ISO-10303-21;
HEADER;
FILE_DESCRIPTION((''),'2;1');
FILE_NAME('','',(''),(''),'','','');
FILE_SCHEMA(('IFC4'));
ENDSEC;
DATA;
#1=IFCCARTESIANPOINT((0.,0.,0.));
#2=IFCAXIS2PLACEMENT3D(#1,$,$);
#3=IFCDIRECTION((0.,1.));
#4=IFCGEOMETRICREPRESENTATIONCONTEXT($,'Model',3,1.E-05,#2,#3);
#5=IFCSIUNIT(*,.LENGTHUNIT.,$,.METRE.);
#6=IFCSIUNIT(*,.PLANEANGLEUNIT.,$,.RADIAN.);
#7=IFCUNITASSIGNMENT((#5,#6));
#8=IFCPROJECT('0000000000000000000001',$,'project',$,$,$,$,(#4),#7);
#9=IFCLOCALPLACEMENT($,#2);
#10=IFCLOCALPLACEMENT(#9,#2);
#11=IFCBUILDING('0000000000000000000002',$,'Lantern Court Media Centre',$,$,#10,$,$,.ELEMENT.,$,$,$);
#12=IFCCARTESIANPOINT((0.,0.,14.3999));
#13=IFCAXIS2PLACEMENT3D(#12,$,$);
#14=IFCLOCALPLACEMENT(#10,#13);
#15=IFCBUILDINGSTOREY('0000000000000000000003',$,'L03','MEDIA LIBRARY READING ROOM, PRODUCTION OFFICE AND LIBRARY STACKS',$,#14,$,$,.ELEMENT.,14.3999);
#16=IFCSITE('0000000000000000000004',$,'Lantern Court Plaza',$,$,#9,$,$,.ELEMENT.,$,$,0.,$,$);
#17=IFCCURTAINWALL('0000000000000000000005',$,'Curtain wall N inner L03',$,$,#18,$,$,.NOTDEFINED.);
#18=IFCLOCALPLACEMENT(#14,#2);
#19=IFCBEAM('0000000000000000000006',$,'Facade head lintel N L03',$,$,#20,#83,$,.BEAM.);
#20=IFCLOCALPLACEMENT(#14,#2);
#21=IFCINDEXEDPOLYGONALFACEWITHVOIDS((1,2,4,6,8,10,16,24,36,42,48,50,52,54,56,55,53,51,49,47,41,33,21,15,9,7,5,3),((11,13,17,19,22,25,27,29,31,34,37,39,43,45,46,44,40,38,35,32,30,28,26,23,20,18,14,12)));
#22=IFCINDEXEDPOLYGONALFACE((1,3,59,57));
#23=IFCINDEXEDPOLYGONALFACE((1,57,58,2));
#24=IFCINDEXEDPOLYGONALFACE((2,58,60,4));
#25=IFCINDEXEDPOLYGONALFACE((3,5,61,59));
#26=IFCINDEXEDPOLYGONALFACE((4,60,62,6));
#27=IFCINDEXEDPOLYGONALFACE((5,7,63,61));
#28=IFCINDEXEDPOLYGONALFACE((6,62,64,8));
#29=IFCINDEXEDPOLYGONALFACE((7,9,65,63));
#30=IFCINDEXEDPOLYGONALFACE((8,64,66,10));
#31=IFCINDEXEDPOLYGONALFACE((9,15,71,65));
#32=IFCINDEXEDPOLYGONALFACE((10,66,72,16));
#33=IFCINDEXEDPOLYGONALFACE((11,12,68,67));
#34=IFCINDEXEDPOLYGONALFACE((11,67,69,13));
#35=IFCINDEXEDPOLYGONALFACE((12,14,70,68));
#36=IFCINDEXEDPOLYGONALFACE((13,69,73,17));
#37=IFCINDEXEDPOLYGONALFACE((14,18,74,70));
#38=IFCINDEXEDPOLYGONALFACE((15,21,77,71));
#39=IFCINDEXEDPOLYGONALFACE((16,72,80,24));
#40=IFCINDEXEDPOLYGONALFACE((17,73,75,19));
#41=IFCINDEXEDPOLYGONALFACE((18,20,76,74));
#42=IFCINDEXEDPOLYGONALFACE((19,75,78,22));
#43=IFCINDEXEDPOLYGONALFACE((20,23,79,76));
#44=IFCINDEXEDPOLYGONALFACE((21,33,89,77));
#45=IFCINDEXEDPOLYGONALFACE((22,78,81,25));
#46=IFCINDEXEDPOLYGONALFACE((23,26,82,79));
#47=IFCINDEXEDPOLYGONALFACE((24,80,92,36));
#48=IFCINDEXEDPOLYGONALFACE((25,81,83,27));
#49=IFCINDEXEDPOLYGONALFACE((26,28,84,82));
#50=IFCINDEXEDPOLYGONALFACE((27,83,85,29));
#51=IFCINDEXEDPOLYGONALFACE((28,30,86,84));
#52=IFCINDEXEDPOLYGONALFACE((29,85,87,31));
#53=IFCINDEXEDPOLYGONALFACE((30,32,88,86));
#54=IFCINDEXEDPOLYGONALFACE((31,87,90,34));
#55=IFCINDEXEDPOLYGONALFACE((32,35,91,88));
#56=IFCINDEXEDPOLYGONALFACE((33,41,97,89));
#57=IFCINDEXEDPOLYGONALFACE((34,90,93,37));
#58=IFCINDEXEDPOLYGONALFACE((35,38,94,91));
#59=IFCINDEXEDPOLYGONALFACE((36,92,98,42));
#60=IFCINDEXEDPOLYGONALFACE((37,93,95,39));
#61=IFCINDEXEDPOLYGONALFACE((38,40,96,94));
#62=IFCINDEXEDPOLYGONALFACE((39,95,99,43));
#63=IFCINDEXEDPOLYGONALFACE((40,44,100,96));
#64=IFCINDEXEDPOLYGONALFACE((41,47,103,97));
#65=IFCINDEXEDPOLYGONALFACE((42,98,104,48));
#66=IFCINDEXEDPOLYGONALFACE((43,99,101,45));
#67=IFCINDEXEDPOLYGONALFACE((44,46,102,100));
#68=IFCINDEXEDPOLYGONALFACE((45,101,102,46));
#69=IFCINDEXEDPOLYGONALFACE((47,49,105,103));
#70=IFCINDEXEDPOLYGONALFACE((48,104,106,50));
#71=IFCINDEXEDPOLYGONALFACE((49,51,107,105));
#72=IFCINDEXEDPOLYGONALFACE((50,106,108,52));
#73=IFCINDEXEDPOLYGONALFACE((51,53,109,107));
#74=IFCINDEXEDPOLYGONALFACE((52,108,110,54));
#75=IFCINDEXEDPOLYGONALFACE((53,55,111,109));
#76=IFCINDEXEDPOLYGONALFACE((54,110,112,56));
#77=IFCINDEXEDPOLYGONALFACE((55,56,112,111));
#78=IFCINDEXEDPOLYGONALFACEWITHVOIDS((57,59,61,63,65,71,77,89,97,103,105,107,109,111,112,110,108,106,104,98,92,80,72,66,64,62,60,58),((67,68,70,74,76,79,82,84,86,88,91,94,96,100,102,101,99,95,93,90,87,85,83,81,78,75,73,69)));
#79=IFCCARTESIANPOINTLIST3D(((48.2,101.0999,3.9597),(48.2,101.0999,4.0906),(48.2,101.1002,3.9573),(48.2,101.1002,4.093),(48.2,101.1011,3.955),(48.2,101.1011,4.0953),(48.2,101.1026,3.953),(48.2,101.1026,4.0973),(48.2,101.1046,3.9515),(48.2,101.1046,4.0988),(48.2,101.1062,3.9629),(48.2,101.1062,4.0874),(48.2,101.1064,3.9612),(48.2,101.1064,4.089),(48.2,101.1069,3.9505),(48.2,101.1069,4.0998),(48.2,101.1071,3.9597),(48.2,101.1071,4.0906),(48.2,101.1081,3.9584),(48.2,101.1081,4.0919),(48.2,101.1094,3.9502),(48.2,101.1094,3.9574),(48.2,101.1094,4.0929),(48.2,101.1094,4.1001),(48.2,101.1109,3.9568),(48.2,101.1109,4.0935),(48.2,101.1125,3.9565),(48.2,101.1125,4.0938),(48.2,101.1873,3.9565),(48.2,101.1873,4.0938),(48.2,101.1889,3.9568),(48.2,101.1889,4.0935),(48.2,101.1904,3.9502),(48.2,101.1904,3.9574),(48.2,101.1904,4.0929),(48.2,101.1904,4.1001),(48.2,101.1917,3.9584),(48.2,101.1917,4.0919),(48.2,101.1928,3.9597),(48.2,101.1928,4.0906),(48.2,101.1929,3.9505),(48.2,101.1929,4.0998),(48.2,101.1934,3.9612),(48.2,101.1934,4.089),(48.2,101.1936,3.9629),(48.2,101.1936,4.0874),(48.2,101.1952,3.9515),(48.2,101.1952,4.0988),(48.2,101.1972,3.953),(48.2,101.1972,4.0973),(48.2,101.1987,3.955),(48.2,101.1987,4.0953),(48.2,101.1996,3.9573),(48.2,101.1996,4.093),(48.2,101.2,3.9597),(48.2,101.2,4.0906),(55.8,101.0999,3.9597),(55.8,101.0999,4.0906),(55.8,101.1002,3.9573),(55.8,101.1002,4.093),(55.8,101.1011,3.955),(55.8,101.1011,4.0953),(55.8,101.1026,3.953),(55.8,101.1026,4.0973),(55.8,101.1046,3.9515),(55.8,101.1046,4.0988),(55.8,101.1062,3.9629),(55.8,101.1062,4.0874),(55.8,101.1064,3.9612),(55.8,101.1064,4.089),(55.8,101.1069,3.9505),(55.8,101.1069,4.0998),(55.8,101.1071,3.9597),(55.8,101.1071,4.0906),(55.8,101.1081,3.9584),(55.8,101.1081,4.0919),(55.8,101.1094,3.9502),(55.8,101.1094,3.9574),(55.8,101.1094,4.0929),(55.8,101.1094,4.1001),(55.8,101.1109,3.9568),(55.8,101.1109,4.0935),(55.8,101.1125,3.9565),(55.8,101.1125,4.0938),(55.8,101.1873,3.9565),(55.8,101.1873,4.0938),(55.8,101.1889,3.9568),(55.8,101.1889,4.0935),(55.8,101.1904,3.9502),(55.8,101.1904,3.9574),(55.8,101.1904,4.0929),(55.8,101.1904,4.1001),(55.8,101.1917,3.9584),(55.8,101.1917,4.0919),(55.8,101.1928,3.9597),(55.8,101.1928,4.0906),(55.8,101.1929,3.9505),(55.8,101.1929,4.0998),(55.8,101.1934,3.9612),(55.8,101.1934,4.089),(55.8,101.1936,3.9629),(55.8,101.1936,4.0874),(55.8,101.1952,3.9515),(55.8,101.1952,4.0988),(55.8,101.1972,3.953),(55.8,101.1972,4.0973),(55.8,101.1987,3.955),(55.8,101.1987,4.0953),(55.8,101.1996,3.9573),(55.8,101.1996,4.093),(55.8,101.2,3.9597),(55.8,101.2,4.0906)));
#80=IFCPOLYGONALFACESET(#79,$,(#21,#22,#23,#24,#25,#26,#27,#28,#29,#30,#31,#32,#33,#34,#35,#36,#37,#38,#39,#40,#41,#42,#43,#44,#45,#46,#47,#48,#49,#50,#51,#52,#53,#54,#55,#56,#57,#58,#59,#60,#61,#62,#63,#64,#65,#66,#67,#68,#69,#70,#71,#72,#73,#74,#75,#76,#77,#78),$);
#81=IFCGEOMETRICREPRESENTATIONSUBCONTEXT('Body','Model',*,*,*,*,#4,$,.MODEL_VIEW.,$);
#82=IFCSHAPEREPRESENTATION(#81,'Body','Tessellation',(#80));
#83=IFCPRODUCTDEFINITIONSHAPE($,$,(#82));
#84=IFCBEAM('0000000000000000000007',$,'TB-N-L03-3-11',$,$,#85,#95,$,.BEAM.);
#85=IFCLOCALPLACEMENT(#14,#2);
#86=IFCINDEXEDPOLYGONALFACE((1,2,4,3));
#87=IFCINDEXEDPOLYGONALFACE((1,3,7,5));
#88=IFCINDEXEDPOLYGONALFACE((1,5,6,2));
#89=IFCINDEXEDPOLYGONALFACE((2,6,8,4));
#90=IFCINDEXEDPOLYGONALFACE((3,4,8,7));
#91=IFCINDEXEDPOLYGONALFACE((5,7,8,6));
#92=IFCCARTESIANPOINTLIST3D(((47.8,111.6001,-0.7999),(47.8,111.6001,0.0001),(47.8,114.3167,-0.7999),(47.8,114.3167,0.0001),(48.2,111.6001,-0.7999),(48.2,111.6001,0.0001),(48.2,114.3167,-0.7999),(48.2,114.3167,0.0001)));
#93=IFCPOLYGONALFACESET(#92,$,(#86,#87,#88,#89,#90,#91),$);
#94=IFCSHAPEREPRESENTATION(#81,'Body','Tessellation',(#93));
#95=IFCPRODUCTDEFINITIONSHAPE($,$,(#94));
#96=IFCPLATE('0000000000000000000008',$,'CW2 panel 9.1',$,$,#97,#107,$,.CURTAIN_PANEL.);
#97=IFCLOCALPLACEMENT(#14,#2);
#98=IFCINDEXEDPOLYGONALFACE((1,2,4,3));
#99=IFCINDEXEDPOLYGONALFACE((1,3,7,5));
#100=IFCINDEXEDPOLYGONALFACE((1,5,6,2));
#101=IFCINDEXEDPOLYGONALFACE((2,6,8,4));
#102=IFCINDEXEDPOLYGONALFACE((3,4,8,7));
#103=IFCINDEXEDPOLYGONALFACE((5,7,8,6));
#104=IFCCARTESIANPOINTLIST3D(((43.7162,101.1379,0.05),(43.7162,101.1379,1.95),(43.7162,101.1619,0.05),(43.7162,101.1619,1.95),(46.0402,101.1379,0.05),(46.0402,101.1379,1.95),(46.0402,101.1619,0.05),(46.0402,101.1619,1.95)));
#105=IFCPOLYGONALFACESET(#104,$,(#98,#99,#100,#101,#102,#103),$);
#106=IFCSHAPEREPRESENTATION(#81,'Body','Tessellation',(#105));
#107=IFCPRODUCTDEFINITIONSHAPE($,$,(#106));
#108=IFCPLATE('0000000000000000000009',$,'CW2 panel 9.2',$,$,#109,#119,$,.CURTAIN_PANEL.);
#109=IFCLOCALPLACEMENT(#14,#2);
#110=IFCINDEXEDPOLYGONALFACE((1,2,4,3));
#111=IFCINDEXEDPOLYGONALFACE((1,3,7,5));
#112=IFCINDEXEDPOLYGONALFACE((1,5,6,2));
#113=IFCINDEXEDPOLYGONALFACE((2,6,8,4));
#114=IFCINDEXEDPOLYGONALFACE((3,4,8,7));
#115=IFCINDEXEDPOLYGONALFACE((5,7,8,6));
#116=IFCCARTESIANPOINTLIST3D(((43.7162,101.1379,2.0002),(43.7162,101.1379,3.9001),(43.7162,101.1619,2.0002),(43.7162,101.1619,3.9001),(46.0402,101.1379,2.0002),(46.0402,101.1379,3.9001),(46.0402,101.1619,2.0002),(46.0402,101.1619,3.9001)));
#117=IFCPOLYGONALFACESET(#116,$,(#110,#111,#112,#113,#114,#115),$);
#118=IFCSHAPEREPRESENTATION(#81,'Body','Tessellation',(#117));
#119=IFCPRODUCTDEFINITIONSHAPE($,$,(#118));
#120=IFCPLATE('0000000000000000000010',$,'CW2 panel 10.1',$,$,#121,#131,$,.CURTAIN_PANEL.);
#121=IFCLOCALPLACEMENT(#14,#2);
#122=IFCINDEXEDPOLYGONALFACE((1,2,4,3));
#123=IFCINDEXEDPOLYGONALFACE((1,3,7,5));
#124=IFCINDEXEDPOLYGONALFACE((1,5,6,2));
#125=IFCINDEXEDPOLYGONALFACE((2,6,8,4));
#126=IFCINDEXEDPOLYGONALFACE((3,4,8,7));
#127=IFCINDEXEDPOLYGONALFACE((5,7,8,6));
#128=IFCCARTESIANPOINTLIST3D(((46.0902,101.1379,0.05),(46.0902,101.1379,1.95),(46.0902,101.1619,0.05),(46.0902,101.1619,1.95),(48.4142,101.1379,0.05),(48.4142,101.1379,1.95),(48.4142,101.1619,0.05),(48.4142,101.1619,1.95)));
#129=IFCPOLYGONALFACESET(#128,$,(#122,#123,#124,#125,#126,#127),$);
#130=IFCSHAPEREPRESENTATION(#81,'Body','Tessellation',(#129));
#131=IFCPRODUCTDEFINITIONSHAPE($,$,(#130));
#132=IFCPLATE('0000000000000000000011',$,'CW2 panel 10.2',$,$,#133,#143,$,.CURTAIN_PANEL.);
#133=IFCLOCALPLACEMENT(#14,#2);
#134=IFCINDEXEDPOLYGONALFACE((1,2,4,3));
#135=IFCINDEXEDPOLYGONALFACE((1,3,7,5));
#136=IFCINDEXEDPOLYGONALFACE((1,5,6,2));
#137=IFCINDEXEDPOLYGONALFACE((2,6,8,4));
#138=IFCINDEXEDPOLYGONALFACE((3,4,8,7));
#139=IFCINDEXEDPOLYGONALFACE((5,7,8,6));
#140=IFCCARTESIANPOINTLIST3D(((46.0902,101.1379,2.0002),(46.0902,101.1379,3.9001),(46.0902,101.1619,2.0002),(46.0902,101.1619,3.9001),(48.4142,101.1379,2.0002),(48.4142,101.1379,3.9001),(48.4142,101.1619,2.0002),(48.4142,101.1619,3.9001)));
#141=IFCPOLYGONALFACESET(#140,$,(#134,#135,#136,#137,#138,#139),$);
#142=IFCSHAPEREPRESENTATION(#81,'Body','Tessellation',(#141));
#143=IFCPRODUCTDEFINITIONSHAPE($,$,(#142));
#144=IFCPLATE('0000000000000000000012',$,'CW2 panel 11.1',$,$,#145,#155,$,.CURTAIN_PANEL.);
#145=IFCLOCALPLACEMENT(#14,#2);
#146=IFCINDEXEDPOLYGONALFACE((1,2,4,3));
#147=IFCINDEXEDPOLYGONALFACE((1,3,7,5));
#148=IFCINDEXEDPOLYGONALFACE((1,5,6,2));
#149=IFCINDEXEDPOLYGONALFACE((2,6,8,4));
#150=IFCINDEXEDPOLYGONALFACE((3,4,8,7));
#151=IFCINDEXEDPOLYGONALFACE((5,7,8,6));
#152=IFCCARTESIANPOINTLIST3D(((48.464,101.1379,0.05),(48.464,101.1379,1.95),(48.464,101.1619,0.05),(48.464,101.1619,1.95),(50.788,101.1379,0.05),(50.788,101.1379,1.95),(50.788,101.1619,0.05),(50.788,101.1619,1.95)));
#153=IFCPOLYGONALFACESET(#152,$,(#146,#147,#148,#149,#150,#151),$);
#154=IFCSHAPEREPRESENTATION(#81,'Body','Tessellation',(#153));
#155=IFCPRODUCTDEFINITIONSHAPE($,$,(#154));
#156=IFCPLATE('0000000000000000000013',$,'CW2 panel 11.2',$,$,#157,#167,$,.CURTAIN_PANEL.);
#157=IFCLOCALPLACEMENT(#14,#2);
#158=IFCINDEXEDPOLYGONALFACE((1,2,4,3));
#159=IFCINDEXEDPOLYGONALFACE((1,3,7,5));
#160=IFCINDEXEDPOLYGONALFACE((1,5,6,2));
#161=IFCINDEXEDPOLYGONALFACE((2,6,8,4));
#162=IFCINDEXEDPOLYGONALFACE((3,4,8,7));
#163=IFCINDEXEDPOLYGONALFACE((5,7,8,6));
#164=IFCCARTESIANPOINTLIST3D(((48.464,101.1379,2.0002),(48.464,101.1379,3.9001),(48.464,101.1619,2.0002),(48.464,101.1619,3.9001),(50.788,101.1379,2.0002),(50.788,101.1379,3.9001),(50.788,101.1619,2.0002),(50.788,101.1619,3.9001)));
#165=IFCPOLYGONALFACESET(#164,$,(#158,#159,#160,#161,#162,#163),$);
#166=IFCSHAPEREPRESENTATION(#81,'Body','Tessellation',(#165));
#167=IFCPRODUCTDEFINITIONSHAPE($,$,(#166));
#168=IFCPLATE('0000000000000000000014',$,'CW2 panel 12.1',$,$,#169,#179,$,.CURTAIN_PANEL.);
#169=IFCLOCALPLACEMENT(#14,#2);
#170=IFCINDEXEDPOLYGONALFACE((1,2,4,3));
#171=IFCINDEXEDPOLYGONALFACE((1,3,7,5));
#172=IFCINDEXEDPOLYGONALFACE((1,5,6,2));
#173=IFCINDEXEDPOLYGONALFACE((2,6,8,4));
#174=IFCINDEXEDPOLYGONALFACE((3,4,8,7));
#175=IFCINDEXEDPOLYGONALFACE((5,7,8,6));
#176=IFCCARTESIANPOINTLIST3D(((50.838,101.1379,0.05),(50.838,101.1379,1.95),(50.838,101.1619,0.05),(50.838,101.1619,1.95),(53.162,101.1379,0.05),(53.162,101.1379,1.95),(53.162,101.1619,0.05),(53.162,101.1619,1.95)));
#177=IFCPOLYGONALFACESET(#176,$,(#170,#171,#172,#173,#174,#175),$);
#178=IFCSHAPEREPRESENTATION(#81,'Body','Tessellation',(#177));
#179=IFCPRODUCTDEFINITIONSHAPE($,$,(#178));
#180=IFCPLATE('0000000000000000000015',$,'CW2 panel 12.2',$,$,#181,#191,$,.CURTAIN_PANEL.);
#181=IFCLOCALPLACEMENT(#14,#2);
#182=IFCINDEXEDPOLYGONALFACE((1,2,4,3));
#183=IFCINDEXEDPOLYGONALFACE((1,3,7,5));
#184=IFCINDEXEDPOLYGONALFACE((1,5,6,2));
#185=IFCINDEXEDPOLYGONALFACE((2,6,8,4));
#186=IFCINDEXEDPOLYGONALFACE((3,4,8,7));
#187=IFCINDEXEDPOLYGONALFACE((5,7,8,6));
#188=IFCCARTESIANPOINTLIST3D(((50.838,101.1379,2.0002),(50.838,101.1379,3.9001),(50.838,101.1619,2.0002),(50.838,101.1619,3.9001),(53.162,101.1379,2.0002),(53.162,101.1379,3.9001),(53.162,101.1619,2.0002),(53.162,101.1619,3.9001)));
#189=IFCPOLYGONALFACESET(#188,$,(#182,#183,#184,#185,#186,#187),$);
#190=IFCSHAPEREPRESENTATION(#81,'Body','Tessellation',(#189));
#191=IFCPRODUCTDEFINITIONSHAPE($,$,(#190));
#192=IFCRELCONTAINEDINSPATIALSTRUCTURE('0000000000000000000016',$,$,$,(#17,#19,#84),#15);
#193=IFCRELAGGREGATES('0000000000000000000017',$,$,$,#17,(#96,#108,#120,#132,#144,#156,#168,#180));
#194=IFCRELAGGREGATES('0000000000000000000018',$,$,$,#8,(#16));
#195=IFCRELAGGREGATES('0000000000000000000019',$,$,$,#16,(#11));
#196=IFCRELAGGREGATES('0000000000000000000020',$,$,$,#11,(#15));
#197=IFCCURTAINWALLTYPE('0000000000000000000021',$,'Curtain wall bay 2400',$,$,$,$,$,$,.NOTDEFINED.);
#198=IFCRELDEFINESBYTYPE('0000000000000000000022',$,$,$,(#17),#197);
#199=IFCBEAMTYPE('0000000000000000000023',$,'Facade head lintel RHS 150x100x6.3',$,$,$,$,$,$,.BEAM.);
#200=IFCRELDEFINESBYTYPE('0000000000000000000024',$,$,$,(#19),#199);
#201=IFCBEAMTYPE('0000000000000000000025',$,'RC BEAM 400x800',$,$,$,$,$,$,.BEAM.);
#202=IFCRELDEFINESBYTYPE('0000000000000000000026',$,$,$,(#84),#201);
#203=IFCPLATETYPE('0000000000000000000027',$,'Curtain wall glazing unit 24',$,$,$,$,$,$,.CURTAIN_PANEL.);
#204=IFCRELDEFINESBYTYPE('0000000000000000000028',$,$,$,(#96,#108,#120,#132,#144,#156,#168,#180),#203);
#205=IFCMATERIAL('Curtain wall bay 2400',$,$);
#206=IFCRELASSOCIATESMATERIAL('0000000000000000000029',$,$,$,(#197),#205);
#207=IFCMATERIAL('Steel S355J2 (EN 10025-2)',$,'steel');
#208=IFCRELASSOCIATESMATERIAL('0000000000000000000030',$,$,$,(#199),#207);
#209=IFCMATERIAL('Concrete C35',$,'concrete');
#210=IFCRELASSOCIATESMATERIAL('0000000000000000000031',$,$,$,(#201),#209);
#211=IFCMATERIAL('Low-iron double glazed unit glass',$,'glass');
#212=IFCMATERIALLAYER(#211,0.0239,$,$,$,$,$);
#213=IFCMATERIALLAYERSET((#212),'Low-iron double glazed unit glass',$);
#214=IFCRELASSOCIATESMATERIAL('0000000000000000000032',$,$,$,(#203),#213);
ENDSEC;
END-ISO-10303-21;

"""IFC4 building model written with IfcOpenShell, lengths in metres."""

from ifc_helpers import new_model, si_unit, direction, frame, origin, origin_2d, place, context, subcontext, project, spatial, rectangle, hollow_rectangle, extrude, material, layer, layer_set, material_profile, profile_set, type_object, element, aggregate, save


model = new_model("IFC4")

# Units and contexts
model_context = context("Model", 3, precision=1e-05, world=origin(), true_north=direction((0.0, 1.0)))
body_context = subcontext(model_context, "Body", "Model", "MODEL_VIEW")
ifc_project = project(units=[si_unit("LENGTHUNIT", "METRE"), si_unit("PLANEANGLEUNIT", "RADIAN")], contexts=[model_context])

# Site, building, storey
site_placement = place(None, origin())
site = spatial("IfcSite", under=ifc_project, at=site_placement, Name="Lantern Court Plaza", CompositionType="ELEMENT", RefElevation=0.0)
building_placement = place(site_placement, origin())
building = spatial("IfcBuilding", under=site, at=building_placement, Name="Lantern Court Media Centre", CompositionType="ELEMENT")
storey_placement = place(building_placement, frame((0.0, 0.0, 14.3999)))
storey = spatial("IfcBuildingStorey", under=building, at=storey_placement, Name="L03", Description="MEDIA LIBRARY READING ROOM, PRODUCTION OFFICE AND LIBRARY STACKS", CompositionType="ELEMENT", Elevation=14.3999)

# Curtain wall
ifc_material_1 = material(Name="Curtain wall bay 2400")
curtain_wall_type = type_object("IfcCurtainWallType", Name="Curtain wall bay 2400", PredefinedType="NOTDEFINED", material=ifc_material_1)
curtain_wall_placement = place(storey_placement, origin())
curtain_wall = element("IfcCurtainWall", 1, at=curtain_wall_placement, inside=storey, type_object=curtain_wall_type, Name="Curtain wall N inner L03", PredefinedType="NOTDEFINED")

# Beams
ifc_material_2 = material(Name="Steel S355J2 (EN 10025-2)", Category="steel")
ifc_material_profile_1 = material_profile(ifc_material_2, hollow_rectangle(XDim=0.1001, YDim=0.1499, WallThickness=0.0063, InnerFilletRadius=0.0063, OuterFilletRadius=0.0095, at=origin_2d()), Name="Facade head lintel RHS 150x100x6.3")
ifc_profile_set_1 = profile_set([ifc_material_profile_1], Name="Steel S355J2 (EN 10025-2)")
beam_type_1 = type_object("IfcBeamType", Name="Facade head lintel RHS 150x100x6.3", PredefinedType="BEAM", material=ifc_profile_set_1)
beam_1_placement = place(storey_placement, frame((48.2, 101.1499, 4.0251), z_axis=(1.0, 0.0, 0.0), x_axis=(0.0, 1.0, 0.0)))
element("IfcBeam", 2, at=beam_1_placement, inside=storey, type_object=beam_type_1, Name="Facade head lintel N L03", PredefinedType="BEAM", context=body_context, shape_type="SweptSolid", body=[
    extrude(hollow_rectangle(XDim=0.1001, YDim=0.1499, WallThickness=0.0063, InnerFilletRadius=0.0063, OuterFilletRadius=0.0095, at=origin_2d()), origin(), (0.0, 0.0, 1.0), 7.6001),
])
ifc_material_3 = material(Name="Concrete C35", Category="concrete")
ifc_material_profile_2 = material_profile(ifc_material_3, rectangle(XDim=0.3999, YDim=0.8, at=origin_2d()), Name="RC 400x800")
ifc_profile_set_2 = profile_set([ifc_material_profile_2], Name="Concrete C35")
beam_type_2 = type_object("IfcBeamType", Name="RC BEAM 400x800", PredefinedType="BEAM", material=ifc_profile_set_2)
beam_2_placement = place(storey_placement, frame((48.0, 111.6001, -0.3999), z_axis=(0.0, 1.0, 0.0), x_axis=(-1.0, 0.0, 0.0)))
element("IfcBeam", 3, at=beam_2_placement, inside=storey, type_object=beam_type_2, Name="TB-N-L03-3-11", PredefinedType="BEAM", context=body_context, shape_type="SweptSolid", body=[
    extrude(rectangle(XDim=0.3999, YDim=0.8, at=origin_2d()), origin(), (0.0, 0.0, 1.0), 2.7166),
])

# Plates
ifc_material_4 = material(Name="Low-iron double glazed unit glass", Category="glass")
ifc_layer_1 = layer(ifc_material_4, 0.0239)
ifc_layer_set_1 = layer_set([ifc_layer_1], Name="Low-iron double glazed unit glass")
plate_type = type_object("IfcPlateType", Name="Curtain wall glazing unit 24", PredefinedType="CURTAIN_PANEL", material=ifc_layer_set_1)
plate_1_placement = place(storey_placement, frame((44.8782, 101.1499, 0.05), z_axis=(0.0, 0.0, 1.0), x_axis=(1.0, 0.0, 0.0)))
plate_1 = element("IfcPlate", 4, at=plate_1_placement, type_object=plate_type, Name="CW2 panel 9.1", PredefinedType="CURTAIN_PANEL", context=body_context, shape_type="SweptSolid", body=[
    extrude(rectangle(XDim=2.324, YDim=0.0239, at=origin_2d()), origin(), (0.0, 0.0, 1.0), 1.8999),
])
plate_2_placement = place(storey_placement, frame((44.8782, 101.1499, 2.0002), z_axis=(0.0, 0.0, 1.0), x_axis=(1.0, 0.0, 0.0)))
plate_2 = element("IfcPlate", 5, at=plate_2_placement, type_object=plate_type, Name="CW2 panel 9.2", PredefinedType="CURTAIN_PANEL", context=body_context, shape_type="SweptSolid", body=[
    extrude(rectangle(XDim=2.324, YDim=0.0239, at=origin_2d()), origin(), (0.0, 0.0, 1.0), 1.8999),
])
plate_3_placement = place(storey_placement, frame((47.2522, 101.1499, 0.05), z_axis=(0.0, 0.0, 1.0), x_axis=(1.0, 0.0, 0.0)))
plate_3 = element("IfcPlate", 6, at=plate_3_placement, type_object=plate_type, Name="CW2 panel 10.1", PredefinedType="CURTAIN_PANEL", context=body_context, shape_type="SweptSolid", body=[
    extrude(rectangle(XDim=2.324, YDim=0.0239, at=origin_2d()), origin(), (0.0, 0.0, 1.0), 1.8999),
])
plate_4_placement = place(storey_placement, frame((47.2522, 101.1499, 2.0002), z_axis=(0.0, 0.0, 1.0), x_axis=(1.0, 0.0, 0.0)))
plate_4 = element("IfcPlate", 7, at=plate_4_placement, type_object=plate_type, Name="CW2 panel 10.2", PredefinedType="CURTAIN_PANEL", context=body_context, shape_type="SweptSolid", body=[
    extrude(rectangle(XDim=2.324, YDim=0.0239, at=origin_2d()), origin(), (0.0, 0.0, 1.0), 1.8999),
])
plate_5_placement = place(storey_placement, frame((49.626, 101.1499, 0.05), z_axis=(0.0, 0.0, 1.0), x_axis=(1.0, 0.0, 0.0)))
plate_5 = element("IfcPlate", 8, at=plate_5_placement, type_object=plate_type, Name="CW2 panel 11.1", PredefinedType="CURTAIN_PANEL", context=body_context, shape_type="SweptSolid", body=[
    extrude(rectangle(XDim=2.324, YDim=0.0239, at=origin_2d()), origin(), (0.0, 0.0, 1.0), 1.8999),
])
plate_6_placement = place(storey_placement, frame((49.626, 101.1499, 2.0002), z_axis=(0.0, 0.0, 1.0), x_axis=(1.0, 0.0, 0.0)))
plate_6 = element("IfcPlate", 9, at=plate_6_placement, type_object=plate_type, Name="CW2 panel 11.2", PredefinedType="CURTAIN_PANEL", context=body_context, shape_type="SweptSolid", body=[
    extrude(rectangle(XDim=2.324, YDim=0.0239, at=origin_2d()), origin(), (0.0, 0.0, 1.0), 1.8999),
])
plate_7_placement = place(storey_placement, frame((52.0, 101.1499, 0.05), z_axis=(0.0, 0.0, 1.0), x_axis=(1.0, 0.0, 0.0)))
plate_7 = element("IfcPlate", 10, at=plate_7_placement, type_object=plate_type, Name="CW2 panel 12.1", PredefinedType="CURTAIN_PANEL", context=body_context, shape_type="SweptSolid", body=[
    extrude(rectangle(XDim=2.324, YDim=0.0239, at=origin_2d()), origin(), (0.0, 0.0, 1.0), 1.8999),
])
plate_8_placement = place(storey_placement, frame((52.0, 101.1499, 2.0002), z_axis=(0.0, 0.0, 1.0), x_axis=(1.0, 0.0, 0.0)))
plate_8 = element("IfcPlate", 11, at=plate_8_placement, type_object=plate_type, Name="CW2 panel 12.2", PredefinedType="CURTAIN_PANEL", context=body_context, shape_type="SweptSolid", body=[
    extrude(rectangle(XDim=2.324, YDim=0.0239, at=origin_2d()), origin(), (0.0, 0.0, 1.0), 1.8999),
])
aggregate(curtain_wall, [plate_1, plate_2, plate_3, plate_4, plate_5, plate_6, plate_7, plate_8])

save(model, "model.ifc")
